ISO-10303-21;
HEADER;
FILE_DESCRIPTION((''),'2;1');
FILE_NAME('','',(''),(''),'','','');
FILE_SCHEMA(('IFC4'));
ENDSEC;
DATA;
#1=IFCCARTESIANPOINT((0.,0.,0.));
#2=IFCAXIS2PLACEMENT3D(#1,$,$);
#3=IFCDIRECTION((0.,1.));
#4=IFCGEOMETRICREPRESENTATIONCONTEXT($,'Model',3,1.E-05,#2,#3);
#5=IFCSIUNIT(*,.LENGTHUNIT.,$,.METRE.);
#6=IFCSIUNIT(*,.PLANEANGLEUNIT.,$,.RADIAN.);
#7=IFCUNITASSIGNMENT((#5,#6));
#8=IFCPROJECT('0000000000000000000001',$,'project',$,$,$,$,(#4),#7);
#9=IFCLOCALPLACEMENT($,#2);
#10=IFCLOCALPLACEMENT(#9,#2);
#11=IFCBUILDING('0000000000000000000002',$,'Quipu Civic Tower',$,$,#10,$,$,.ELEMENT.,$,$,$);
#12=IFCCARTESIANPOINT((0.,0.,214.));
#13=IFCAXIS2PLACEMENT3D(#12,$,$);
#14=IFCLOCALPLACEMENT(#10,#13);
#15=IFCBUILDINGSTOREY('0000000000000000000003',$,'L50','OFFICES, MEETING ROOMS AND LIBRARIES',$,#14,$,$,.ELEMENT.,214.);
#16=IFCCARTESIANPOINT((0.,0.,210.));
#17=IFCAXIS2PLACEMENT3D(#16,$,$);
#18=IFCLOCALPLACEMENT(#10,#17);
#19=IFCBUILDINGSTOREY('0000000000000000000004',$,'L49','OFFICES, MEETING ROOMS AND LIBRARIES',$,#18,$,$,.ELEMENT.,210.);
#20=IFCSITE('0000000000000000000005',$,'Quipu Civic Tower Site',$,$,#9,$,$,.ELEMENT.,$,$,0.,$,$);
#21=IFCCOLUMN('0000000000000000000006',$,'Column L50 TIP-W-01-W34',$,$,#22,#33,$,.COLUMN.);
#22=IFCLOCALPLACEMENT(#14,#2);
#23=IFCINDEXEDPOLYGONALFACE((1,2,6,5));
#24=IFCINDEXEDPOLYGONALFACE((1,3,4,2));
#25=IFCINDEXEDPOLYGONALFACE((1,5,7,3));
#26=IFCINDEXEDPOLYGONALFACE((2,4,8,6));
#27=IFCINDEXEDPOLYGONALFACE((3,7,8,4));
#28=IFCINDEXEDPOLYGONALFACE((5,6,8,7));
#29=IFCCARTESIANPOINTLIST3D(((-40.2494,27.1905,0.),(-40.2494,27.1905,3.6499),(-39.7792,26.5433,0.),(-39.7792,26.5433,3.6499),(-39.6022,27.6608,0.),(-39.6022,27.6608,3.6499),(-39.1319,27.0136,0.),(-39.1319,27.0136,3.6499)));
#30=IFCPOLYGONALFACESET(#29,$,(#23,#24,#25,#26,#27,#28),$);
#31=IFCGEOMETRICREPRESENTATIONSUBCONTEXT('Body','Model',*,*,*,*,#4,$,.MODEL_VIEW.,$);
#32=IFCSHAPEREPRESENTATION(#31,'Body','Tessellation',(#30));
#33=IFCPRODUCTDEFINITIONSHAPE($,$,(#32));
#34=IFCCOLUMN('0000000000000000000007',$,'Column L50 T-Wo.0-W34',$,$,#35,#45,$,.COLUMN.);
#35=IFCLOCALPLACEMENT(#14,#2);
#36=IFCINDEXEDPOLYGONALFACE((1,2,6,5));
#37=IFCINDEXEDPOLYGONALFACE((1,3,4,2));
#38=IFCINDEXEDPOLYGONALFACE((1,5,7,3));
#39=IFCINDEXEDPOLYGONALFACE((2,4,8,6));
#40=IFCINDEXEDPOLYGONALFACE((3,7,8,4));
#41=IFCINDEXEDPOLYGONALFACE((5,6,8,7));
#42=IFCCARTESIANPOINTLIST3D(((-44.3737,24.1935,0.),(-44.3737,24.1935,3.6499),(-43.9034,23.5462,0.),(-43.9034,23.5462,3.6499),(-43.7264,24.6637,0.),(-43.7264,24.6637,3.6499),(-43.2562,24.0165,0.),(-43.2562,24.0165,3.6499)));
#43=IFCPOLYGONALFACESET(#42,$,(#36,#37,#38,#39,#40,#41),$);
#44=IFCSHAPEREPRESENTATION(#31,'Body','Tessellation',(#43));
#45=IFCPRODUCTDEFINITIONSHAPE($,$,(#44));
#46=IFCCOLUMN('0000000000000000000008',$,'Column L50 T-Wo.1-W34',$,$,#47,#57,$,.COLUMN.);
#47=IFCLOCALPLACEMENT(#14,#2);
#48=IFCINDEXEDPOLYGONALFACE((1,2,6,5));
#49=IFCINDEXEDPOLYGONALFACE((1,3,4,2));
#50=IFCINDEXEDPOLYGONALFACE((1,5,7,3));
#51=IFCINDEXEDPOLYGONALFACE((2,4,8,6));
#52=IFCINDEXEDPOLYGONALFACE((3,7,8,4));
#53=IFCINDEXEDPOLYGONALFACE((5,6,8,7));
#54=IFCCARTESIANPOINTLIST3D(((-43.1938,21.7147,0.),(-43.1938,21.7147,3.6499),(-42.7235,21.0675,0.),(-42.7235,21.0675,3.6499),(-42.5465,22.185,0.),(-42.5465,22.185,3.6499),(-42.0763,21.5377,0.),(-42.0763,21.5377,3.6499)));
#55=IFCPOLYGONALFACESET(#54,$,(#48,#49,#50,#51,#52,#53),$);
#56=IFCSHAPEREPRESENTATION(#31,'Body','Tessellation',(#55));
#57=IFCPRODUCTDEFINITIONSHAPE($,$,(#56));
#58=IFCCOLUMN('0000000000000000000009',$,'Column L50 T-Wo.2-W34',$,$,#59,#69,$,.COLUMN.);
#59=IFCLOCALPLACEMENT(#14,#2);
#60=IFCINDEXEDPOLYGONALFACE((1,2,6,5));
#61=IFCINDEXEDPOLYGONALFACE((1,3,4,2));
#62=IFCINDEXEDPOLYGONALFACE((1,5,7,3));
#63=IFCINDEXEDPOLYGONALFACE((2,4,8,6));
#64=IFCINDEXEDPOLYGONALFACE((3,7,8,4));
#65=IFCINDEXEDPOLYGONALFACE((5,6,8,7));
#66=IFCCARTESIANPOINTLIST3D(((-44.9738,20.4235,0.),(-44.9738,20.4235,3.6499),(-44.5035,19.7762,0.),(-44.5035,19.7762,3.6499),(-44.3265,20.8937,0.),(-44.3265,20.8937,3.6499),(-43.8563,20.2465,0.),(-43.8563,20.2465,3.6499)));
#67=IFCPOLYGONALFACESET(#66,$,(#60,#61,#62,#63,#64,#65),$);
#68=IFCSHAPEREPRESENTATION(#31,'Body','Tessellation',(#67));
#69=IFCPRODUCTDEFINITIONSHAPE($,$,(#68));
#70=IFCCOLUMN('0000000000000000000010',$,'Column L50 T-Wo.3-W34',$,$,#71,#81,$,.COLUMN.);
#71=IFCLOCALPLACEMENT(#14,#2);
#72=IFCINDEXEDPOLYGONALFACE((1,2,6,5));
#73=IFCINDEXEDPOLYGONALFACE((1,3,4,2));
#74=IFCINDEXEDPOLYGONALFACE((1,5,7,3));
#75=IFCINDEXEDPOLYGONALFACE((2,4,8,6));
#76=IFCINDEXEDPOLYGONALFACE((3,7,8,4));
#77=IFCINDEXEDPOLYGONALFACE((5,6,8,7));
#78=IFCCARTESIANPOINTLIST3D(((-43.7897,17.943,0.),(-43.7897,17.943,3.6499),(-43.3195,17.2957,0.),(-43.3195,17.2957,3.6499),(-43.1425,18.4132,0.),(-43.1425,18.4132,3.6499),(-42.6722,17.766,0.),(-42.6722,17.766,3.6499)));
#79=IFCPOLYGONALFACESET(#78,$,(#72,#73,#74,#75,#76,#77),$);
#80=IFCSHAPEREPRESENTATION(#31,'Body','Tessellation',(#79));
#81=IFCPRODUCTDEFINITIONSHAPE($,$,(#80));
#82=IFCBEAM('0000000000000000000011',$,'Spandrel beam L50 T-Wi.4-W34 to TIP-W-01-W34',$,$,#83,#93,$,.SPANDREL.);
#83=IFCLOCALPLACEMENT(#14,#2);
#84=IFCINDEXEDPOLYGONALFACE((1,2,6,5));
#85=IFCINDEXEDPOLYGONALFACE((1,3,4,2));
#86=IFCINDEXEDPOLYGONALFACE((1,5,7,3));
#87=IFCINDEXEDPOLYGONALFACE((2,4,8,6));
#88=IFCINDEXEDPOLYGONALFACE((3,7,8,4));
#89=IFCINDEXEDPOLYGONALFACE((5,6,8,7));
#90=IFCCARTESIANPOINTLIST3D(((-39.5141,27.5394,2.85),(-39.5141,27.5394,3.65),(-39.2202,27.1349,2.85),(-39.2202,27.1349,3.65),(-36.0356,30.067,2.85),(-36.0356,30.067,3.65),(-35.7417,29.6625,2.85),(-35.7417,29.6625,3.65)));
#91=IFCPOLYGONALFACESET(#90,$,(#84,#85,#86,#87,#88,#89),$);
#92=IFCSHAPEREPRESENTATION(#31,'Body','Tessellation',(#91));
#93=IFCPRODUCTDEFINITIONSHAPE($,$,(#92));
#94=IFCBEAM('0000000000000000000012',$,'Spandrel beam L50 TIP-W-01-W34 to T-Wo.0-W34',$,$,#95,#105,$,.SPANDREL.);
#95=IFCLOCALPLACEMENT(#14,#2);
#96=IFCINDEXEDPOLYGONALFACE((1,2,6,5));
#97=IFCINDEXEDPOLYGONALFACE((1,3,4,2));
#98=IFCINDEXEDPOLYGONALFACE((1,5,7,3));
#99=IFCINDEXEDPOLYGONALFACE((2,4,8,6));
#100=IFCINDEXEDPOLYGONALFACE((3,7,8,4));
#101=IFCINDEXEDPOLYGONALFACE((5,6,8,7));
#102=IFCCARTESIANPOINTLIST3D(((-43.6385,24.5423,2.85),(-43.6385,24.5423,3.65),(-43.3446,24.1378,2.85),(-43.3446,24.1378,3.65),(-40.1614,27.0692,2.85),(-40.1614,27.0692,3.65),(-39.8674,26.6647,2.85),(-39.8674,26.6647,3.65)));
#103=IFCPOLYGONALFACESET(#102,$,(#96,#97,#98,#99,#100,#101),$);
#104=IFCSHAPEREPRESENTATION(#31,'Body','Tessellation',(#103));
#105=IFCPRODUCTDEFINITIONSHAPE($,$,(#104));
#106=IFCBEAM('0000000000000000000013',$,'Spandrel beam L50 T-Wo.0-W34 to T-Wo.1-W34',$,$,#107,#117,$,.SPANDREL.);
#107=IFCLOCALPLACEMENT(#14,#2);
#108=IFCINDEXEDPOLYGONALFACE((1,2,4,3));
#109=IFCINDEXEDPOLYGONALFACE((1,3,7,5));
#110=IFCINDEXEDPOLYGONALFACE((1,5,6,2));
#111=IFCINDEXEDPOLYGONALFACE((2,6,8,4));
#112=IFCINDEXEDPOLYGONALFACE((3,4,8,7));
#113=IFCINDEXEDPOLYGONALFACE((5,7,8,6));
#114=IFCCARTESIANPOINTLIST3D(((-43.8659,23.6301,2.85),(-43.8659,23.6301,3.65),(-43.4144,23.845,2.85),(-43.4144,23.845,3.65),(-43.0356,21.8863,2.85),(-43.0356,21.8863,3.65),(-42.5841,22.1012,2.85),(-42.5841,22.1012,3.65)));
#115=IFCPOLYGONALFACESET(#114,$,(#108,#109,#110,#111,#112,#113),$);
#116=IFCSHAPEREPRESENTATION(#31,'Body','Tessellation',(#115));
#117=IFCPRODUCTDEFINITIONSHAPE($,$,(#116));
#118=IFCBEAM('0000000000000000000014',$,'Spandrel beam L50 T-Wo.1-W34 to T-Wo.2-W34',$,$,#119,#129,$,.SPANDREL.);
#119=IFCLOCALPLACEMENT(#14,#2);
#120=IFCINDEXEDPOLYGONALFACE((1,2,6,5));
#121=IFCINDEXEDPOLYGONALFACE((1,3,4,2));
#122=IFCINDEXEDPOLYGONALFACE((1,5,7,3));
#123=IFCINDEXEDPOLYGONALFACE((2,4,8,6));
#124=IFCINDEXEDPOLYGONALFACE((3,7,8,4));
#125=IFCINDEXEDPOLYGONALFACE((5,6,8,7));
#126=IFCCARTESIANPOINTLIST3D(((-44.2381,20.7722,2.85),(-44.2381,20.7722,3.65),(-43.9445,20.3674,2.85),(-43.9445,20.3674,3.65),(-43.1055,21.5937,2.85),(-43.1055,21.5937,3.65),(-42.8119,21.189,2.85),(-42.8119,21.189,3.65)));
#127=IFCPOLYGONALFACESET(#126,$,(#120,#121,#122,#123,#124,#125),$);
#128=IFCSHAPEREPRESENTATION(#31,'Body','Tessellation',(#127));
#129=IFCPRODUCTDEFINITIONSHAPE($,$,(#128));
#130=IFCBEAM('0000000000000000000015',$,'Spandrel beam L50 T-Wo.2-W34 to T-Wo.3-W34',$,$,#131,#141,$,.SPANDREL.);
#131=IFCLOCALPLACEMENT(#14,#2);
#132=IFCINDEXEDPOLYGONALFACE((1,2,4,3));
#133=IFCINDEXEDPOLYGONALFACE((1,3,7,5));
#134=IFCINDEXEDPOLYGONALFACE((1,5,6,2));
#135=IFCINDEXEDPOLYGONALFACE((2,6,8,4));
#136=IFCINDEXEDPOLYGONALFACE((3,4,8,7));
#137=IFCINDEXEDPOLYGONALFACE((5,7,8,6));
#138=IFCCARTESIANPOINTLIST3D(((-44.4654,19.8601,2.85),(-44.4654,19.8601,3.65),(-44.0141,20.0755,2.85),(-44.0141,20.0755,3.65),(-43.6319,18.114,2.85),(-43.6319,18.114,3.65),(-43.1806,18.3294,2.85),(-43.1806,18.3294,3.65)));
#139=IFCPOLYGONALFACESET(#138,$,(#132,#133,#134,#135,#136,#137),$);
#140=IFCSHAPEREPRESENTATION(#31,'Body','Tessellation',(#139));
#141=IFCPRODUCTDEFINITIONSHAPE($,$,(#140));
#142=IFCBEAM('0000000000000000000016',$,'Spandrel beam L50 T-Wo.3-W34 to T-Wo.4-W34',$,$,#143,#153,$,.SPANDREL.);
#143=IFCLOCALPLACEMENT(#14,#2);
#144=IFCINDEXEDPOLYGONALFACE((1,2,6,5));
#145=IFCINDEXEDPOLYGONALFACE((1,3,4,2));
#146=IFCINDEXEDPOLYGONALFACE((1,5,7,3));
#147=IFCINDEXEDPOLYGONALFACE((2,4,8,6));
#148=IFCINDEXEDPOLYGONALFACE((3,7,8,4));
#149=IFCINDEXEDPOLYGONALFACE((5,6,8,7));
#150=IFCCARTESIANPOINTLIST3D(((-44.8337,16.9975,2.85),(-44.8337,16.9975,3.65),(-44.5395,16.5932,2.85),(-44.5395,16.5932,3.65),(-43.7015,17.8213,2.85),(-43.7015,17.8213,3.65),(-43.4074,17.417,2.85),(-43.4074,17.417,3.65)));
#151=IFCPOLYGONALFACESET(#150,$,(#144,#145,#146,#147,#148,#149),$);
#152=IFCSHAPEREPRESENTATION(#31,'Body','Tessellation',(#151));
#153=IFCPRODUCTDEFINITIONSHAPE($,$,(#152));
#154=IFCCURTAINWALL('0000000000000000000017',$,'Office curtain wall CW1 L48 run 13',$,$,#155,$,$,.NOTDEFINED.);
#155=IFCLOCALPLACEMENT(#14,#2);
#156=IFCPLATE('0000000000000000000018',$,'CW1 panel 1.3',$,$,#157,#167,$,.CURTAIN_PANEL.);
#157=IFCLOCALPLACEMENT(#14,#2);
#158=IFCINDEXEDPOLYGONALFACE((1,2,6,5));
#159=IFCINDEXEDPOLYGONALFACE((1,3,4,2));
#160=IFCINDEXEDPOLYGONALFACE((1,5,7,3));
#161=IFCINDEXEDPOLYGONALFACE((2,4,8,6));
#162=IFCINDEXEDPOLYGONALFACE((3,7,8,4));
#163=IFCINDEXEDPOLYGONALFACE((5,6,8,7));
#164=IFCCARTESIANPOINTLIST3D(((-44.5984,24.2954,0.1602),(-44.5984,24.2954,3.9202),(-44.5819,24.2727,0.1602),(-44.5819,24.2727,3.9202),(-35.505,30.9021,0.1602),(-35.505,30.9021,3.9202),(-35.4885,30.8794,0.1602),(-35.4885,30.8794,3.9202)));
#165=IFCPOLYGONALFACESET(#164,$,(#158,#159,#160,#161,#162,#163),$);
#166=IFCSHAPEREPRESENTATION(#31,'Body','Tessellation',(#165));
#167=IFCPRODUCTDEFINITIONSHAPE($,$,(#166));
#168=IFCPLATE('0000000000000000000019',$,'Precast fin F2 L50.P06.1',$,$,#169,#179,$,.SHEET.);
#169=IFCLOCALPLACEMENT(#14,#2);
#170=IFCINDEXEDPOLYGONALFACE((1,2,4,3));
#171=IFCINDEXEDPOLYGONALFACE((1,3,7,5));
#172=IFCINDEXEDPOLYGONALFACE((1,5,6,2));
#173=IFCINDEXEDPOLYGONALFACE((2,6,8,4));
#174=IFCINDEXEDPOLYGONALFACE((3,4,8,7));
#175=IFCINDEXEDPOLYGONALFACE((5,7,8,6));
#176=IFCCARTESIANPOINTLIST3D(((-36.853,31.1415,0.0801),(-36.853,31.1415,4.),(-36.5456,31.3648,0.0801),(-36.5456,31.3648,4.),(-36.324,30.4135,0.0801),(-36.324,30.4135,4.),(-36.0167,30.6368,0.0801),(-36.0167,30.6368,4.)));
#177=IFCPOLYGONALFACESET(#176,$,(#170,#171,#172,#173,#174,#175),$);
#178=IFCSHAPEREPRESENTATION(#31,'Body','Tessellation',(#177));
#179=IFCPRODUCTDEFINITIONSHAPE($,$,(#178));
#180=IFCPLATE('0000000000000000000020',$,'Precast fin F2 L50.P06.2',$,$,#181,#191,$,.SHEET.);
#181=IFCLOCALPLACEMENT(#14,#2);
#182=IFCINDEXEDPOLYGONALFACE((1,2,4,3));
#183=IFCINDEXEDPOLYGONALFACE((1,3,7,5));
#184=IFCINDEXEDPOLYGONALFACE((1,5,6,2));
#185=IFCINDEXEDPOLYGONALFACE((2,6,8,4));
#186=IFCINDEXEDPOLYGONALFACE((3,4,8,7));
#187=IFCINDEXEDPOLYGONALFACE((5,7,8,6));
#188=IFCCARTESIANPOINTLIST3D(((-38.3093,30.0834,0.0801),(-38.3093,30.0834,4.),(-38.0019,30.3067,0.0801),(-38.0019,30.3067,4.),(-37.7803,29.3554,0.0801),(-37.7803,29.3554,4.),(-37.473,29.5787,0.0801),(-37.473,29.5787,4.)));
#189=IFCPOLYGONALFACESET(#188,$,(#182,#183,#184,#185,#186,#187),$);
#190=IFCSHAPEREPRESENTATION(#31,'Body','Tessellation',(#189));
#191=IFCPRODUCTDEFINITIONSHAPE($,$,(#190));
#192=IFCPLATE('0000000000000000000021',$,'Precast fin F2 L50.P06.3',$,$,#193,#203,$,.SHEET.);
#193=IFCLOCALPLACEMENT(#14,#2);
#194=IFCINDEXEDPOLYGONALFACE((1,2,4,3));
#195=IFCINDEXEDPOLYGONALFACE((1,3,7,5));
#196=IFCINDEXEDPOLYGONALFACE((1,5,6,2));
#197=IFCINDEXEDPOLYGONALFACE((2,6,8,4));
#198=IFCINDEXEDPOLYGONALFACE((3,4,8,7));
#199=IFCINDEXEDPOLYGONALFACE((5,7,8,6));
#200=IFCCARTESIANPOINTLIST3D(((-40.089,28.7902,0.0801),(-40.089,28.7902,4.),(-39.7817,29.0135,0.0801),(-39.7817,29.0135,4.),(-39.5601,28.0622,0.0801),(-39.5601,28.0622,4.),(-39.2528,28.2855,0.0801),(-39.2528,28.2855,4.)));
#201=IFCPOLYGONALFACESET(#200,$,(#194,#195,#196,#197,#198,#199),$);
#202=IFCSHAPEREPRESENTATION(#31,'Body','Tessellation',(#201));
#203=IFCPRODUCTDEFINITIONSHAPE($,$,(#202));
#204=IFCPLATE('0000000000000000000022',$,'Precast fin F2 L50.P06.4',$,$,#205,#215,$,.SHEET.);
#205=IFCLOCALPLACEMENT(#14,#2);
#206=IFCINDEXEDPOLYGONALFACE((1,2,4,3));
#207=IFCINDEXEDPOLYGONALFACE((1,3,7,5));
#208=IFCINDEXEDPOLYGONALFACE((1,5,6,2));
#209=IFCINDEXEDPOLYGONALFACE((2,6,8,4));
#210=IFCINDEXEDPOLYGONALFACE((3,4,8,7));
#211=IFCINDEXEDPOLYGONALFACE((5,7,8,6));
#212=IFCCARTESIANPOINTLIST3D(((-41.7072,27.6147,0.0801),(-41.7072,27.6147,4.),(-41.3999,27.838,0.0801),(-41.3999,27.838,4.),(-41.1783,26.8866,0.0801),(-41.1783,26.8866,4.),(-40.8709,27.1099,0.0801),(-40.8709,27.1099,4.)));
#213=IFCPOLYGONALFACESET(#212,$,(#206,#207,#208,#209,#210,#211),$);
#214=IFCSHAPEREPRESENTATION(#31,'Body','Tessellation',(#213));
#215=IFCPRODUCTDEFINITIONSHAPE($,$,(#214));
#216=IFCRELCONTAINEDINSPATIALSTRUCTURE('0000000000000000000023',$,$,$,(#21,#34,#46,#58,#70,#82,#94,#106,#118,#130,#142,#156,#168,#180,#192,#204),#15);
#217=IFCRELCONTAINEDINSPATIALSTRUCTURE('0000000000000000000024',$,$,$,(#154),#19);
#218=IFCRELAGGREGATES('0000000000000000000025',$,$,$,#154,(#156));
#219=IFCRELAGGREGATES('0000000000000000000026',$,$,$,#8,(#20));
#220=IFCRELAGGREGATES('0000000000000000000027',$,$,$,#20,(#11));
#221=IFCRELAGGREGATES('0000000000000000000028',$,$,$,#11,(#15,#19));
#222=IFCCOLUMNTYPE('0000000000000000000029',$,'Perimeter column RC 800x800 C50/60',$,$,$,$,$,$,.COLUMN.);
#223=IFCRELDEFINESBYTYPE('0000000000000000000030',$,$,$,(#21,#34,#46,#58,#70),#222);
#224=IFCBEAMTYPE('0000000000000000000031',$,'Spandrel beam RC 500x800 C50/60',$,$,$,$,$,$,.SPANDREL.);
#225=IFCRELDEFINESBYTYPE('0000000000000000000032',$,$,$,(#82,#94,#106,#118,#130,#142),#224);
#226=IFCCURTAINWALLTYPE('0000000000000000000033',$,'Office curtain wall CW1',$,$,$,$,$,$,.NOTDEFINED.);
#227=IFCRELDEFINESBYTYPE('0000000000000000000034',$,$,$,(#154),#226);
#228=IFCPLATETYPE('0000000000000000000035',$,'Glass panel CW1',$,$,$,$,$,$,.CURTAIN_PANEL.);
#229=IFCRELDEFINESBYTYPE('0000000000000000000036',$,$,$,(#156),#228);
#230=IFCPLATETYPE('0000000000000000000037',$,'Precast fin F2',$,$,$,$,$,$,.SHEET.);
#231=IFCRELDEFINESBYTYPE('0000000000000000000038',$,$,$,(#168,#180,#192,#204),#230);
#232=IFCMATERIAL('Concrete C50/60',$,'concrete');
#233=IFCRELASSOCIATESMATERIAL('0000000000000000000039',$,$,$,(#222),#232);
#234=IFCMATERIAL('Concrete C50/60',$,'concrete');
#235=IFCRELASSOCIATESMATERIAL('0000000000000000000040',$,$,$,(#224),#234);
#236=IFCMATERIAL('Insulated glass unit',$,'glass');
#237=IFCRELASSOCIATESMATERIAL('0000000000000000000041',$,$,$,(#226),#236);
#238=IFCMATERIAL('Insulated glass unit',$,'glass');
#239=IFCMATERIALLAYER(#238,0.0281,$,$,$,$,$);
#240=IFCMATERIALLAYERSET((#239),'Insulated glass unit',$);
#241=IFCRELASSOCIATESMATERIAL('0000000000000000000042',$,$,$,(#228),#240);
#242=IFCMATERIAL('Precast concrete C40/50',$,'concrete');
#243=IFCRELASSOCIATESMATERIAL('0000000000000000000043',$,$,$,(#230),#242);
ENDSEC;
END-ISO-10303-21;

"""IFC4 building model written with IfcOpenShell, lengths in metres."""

from ifc_helpers import new_model, si_unit, direction, frame, origin, origin_2d, place, context, subcontext, project, spatial, rectangle, extrude, material, layer, layer_set, material_profile, profile_set, type_object, element, aggregate, save


model = new_model("IFC4")

# Units and contexts
model_context = context("Model", 3, precision=1e-05, world=origin(), true_north=direction((0.0, 1.0)))
body_context = subcontext(model_context, "Body", "Model", "MODEL_VIEW")
ifc_project = project(units=[si_unit("LENGTHUNIT", "METRE"), si_unit("PLANEANGLEUNIT", "RADIAN")], contexts=[model_context])

# Site, building, storey
site_placement = place(None, origin())
site = spatial("IfcSite", under=ifc_project, at=site_placement, Name="Quipu Civic Tower Site", CompositionType="ELEMENT", RefElevation=0.0)
building_placement = place(site_placement, origin())
building = spatial("IfcBuilding", under=site, at=building_placement, Name="Quipu Civic Tower", CompositionType="ELEMENT")
storey_1_placement = place(building_placement, frame((0.0, 0.0, 214.0)))
storey_1 = spatial("IfcBuildingStorey", under=building, at=storey_1_placement, Name="L50", Description="OFFICES, MEETING ROOMS AND LIBRARIES", CompositionType="ELEMENT", Elevation=214.0)

# Columns
ifc_material_1 = material(Name="Concrete C50/60", Category="concrete")
ifc_material_profile_1 = material_profile(ifc_material_1, rectangle(XDim=0.8, YDim=0.8, at=origin_2d()), Name="RC800x800")
ifc_profile_set_1 = profile_set([ifc_material_profile_1], Name="Concrete C50/60")
column_type = type_object("IfcColumnType", Name="Perimeter column RC 800x800 C50/60", PredefinedType="COLUMN", material=ifc_profile_set_1)
for number, where, z_axis, x_axis, name in (
    (1, (-39.6907, 27.1021, 0.0), (0.0, 0.0, 1.0), (-0.809017, -0.587785, 0.0), "Column L50 TIP-W-01-W34"),
    (2, (-43.8149, 24.105, 0.0), (0.0, 0.0, 1.0), (-0.809017, -0.587785, 0.0), "Column L50 T-Wo.0-W34"),
    (3, (-42.635, 21.6262, 0.0), (0.0, 0.0, 1.0), (-0.809017, -0.587785, 0.0), "Column L50 T-Wo.1-W34"),
    (4, (-44.415, 20.335, 0.0), (0.0, 0.0, 1.0), (0.587785, -0.809017, 0.0), "Column L50 T-Wo.2-W34"),
    (5, (-43.231, 17.8545, 0.0), (0.0, 0.0, 1.0), (0.587785, -0.809017, 0.0), "Column L50 T-Wo.3-W34"),
):
    element("IfcColumn", number, at=place(storey_1_placement, frame(where, z_axis=z_axis, x_axis=x_axis)), inside=storey_1, type_object=column_type, Name=name, PredefinedType="COLUMN", context=body_context, shape_type="SweptSolid", body=[
        extrude(rectangle(XDim=0.8, YDim=0.8, at=origin_2d()), origin(), (0.0, 0.0, 1.0), 3.6499),
    ])

# Beams
ifc_material_2 = material(Name="Concrete C50/60", Category="concrete")
ifc_material_profile_2 = material_profile(ifc_material_2, rectangle(XDim=0.5, YDim=0.8, at=origin_2d()), Name="RC500x800")
ifc_profile_set_2 = profile_set([ifc_material_profile_2], Name="Concrete C50/60")
beam_type = type_object("IfcBeamType", Name="Spandrel beam RC 500x800 C50/60", PredefinedType="SPANDREL", material=ifc_profile_set_2)
beam_1_placement = place(storey_1_placement, frame((-35.8887, 29.8647, 3.25), z_axis=(-0.808984, -0.587831, 0.0), x_axis=(0.587831, -0.808984, 0.0)))
element("IfcBeam", 6, at=beam_1_placement, inside=storey_1, type_object=beam_type, Name="Spandrel beam L50 T-Wi.4-W34 to TIP-W-01-W34", PredefinedType="SPANDREL", context=body_context, shape_type="SweptSolid", body=[
    extrude(rectangle(XDim=0.5, YDim=0.8, at=origin_2d()), origin(), (0.0, 0.0, 1.0), 4.2998),
])
beam_2_placement = place(storey_1_placement, frame((-40.0144, 26.8669, 3.25), z_axis=(-0.808947, -0.587881, 0.0), x_axis=(0.587881, -0.808947, 0.0)))
element("IfcBeam", 7, at=beam_2_placement, inside=storey_1, type_object=beam_type, Name="Spandrel beam L50 TIP-W-01-W34 to T-Wo.0-W34", PredefinedType="SPANDREL", context=body_context, shape_type="SweptSolid", body=[
    extrude(rectangle(XDim=0.5, YDim=0.8, at=origin_2d()), origin(), (0.0, 0.0, 1.0), 4.2983),
])
beam_3_placement = place(storey_1_placement, frame((-43.6401, 23.7375, 3.25), z_axis=(0.429889, -0.902882, 0.0), x_axis=(0.902882, 0.429889, 0.0)))
element("IfcBeam", 8, at=beam_3_placement, inside=storey_1, type_object=beam_type, Name="Spandrel beam L50 T-Wo.0-W34 to T-Wo.1-W34", PredefinedType="SPANDREL", context=body_context, shape_type="SweptSolid", body=[
    extrude(rectangle(XDim=0.5, YDim=0.8, at=origin_2d()), origin(), (0.0, 0.0, 1.0), 1.9314),
])
beam_4_placement = place(storey_1_placement, frame((-42.9587, 21.3914, 3.25), z_axis=(-0.809467, -0.587165, 0.0), x_axis=(0.587165, -0.809467, 0.0)))
element("IfcBeam", 9, at=beam_4_placement, inside=storey_1, type_object=beam_type, Name="Spandrel beam L50 T-Wo.1-W34 to T-Wo.2-W34", PredefinedType="SPANDREL", context=body_context, shape_type="SweptSolid", body=[
    extrude(rectangle(XDim=0.5, YDim=0.8, at=origin_2d()), origin(), (0.0, 0.0, 1.0), 1.3992),
])
beam_5_placement = place(storey_1_placement, frame((-44.2397, 19.9678, 3.25), z_axis=(0.430786, -0.902454, 0.0), x_axis=(0.902454, 0.430786, 0.0)))
element("IfcBeam", 10, at=beam_5_placement, inside=storey_1, type_object=beam_type, Name="Spandrel beam L50 T-Wo.2-W34 to T-Wo.3-W34", PredefinedType="SPANDREL", context=body_context, shape_type="SweptSolid", body=[
    extrude(rectangle(XDim=0.5, YDim=0.8, at=origin_2d()), origin(), (0.0, 0.0, 1.0), 1.9348),
])
beam_6_placement = place(storey_1_placement, frame((-43.5544, 17.6191, 3.25), z_axis=(-0.8086, -0.588358, 0.0), x_axis=(0.588358, -0.8086, 0.0)))
element("IfcBeam", 11, at=beam_6_placement, inside=storey_1, type_object=beam_type, Name="Spandrel beam L50 T-Wo.3-W34 to T-Wo.4-W34", PredefinedType="SPANDREL", context=body_context, shape_type="SweptSolid", body=[
    extrude(rectangle(XDim=0.5, YDim=0.8, at=origin_2d()), origin(), (0.0, 0.0, 1.0), 1.4001),
])

# Shared definitions
storey_2_placement = place(building_placement, frame((0.0, 0.0, 210.0)))
storey_2 = spatial("IfcBuildingStorey", under=building, at=storey_2_placement, Name="L49", Description="OFFICES, MEETING ROOMS AND LIBRARIES", CompositionType="ELEMENT", Elevation=210.0)

# Curtain wall, plate
ifc_material_3 = material(Name="Insulated glass unit", Category="glass")
curtain_wall_type = type_object("IfcCurtainWallType", Name="Office curtain wall CW1", PredefinedType="NOTDEFINED", material=ifc_material_3)
curtain_wall_placement = place(storey_2_placement, origin())
curtain_wall = element("IfcCurtainWall", 12, at=curtain_wall_placement, inside=storey_2, type_object=curtain_wall_type, Name="Office curtain wall CW1 L48 run 13", PredefinedType="NOTDEFINED")
ifc_material_4 = material(Name="Insulated glass unit", Category="glass")
ifc_layer = layer(ifc_material_4, 0.0281)
ifc_layer_set = layer_set([ifc_layer], Name="Insulated glass unit")
plate_type_1 = type_object("IfcPlateType", Name="Glass panel CW1", PredefinedType="CURTAIN_PANEL", material=ifc_layer_set)
plate_placement = place(storey_1_placement, frame((-40.0435, 27.5874, 0.1602), z_axis=(0.0, 0.0, 1.0), x_axis=(-0.809015, -0.587788, 0.0)))
plate = element("IfcPlate", 13, at=plate_placement, inside=storey_1, type_object=plate_type_1, Name="CW1 panel 1.3", PredefinedType="CURTAIN_PANEL", context=body_context, shape_type="SweptSolid", body=[
    extrude(rectangle(XDim=11.24, YDim=0.0281, at=origin_2d()), origin(), (0.0, 0.0, 1.0), 3.76),
])
aggregate(curtain_wall, [plate])

# Plates
ifc_material_5 = material(Name="Precast concrete C40/50", Category="concrete")
plate_type_2 = type_object("IfcPlateType", Name="Precast fin F2", PredefinedType="SHEET", material=ifc_material_5)
for number, where, z_axis, x_axis, name in (
    (14, (-36.4348, 30.8892, 0.0801), (0.0, 0.0, 1.0), (-0.809017, -0.587785, 0.0), "Precast fin F2 L50.P06.1"),
    (15, (-37.8911, 29.8311, 0.0801), (0.0, 0.0, 1.0), (-0.809017, -0.587785, 0.0), "Precast fin F2 L50.P06.2"),
    (16, (-39.6709, 28.5378, 0.0801), (0.0, 0.0, 1.0), (-0.809017, -0.587785, 0.0), "Precast fin F2 L50.P06.3"),
    (17, (-41.2891, 27.3623, 0.0801), (0.0, 0.0, 1.0), (-0.809017, -0.587785, 0.0), "Precast fin F2 L50.P06.4"),
):
    element("IfcPlate", number, at=place(storey_1_placement, frame(where, z_axis=z_axis, x_axis=x_axis)), inside=storey_1, type_object=plate_type_2, Name=name, PredefinedType="SHEET", context=body_context, shape_type="SweptSolid", body=[
        extrude(rectangle(XDim=0.3799, YDim=0.8999, at=origin_2d()), origin(), (0.0, 0.0, 1.0), 3.9199),
    ])

save(model, "model.ifc")
